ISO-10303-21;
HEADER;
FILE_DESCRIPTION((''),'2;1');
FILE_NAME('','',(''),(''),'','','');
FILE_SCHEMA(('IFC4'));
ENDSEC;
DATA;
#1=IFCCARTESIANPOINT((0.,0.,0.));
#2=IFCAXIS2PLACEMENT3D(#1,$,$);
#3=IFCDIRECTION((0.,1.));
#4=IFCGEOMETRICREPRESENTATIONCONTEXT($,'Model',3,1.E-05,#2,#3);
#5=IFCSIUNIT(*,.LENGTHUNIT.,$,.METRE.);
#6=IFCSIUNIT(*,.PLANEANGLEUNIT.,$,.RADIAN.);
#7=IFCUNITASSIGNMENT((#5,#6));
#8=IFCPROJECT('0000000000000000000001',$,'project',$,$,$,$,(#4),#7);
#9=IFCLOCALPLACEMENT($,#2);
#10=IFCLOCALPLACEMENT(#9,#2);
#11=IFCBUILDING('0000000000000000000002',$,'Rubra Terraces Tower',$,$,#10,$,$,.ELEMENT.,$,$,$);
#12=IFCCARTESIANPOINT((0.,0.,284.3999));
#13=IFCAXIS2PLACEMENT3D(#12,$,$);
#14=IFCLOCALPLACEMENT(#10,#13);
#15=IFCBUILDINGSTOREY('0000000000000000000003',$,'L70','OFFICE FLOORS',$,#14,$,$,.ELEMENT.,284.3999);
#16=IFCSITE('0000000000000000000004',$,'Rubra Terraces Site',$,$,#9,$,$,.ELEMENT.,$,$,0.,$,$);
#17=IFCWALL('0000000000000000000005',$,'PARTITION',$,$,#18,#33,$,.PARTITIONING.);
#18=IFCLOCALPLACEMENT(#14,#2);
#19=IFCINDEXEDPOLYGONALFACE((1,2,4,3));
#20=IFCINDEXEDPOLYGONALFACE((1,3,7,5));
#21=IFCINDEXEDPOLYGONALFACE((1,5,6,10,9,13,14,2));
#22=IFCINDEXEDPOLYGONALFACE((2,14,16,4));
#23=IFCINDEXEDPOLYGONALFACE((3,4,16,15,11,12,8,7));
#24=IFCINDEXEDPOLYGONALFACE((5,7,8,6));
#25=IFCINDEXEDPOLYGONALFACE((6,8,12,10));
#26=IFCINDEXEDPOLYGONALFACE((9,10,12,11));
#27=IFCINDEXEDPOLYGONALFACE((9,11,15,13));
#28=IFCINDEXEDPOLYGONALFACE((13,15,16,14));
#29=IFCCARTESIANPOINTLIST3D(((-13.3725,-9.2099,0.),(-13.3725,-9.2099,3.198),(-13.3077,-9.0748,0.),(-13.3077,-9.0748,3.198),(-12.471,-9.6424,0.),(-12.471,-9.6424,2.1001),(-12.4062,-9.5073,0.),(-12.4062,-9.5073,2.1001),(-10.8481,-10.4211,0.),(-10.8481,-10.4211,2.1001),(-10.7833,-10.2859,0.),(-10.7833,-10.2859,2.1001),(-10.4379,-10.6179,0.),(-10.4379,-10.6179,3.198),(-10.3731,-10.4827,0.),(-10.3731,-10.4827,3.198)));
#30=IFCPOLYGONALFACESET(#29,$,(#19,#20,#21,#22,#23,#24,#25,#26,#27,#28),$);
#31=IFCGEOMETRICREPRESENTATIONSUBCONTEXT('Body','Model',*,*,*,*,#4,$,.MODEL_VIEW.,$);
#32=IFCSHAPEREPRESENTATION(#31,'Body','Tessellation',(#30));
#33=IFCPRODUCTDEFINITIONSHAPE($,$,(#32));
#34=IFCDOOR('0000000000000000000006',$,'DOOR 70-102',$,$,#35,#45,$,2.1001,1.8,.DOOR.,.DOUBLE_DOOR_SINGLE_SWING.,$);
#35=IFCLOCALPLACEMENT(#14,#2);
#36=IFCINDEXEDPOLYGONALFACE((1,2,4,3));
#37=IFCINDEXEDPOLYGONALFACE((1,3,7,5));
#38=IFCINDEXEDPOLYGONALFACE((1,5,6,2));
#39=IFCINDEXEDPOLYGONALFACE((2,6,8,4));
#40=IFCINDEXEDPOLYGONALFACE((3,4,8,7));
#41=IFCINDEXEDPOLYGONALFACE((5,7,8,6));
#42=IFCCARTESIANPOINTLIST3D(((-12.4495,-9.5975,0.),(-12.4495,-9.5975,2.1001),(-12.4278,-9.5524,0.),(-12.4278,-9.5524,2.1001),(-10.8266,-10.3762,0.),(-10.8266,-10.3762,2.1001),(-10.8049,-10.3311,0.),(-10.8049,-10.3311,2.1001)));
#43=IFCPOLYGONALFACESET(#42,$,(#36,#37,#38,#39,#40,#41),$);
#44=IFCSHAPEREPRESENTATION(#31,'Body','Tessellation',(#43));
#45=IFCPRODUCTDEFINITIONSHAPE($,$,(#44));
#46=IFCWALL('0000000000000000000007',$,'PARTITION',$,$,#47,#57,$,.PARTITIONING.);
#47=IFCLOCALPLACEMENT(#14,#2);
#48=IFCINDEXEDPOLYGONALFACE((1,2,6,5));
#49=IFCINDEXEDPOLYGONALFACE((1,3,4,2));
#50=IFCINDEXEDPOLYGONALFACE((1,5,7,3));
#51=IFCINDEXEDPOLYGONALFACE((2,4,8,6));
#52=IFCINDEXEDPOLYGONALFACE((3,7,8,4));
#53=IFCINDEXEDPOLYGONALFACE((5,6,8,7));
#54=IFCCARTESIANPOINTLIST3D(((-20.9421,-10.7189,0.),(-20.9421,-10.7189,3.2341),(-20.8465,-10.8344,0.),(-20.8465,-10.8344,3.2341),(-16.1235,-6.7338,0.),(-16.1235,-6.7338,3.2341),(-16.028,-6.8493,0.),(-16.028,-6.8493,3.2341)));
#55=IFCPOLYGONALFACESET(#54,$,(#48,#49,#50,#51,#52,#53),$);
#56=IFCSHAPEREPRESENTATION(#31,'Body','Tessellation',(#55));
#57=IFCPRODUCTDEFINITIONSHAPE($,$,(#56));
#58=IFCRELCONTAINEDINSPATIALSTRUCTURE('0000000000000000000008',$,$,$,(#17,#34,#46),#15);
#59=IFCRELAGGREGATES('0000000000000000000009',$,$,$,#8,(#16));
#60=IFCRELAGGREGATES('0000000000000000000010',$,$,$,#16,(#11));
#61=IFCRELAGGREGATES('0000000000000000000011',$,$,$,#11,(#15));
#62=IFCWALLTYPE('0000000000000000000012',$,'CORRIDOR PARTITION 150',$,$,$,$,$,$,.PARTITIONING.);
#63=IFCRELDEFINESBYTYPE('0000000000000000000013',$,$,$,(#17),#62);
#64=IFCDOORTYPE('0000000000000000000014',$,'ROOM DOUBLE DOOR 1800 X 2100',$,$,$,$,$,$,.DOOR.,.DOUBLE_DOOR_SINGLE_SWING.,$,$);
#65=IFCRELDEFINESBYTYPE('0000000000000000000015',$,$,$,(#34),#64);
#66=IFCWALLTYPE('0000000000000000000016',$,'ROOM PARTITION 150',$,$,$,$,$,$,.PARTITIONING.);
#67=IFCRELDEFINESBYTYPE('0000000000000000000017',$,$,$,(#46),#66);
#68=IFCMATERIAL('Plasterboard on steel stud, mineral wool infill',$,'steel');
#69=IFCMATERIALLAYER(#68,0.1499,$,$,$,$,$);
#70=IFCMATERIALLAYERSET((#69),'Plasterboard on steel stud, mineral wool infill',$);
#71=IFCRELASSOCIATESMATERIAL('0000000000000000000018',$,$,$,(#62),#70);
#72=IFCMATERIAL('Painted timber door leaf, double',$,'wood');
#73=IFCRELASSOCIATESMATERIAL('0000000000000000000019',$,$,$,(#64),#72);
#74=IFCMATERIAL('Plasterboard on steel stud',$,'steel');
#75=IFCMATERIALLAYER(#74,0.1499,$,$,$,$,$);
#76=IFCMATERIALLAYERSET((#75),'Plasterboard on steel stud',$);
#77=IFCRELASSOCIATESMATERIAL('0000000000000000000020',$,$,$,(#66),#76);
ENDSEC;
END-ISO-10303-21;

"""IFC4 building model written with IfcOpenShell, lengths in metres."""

from ifc_helpers import new_model, si_unit, direction, frame, frame_2d, origin, place, context, subcontext, project, spatial, rectangle, extrude, material, layer, layer_set, type_object, element, fill, save


model = new_model("IFC4")

# Units and contexts
model_context = context("Model", 3, precision=1e-05, world=origin(), true_north=direction((0.0, 1.0)))
body_context = subcontext(model_context, "Body", "Model", "MODEL_VIEW")
ifc_project = project(units=[si_unit("LENGTHUNIT", "METRE"), si_unit("PLANEANGLEUNIT", "RADIAN")], contexts=[model_context])

# Site, building, storey
site_placement = place(None, origin())
site = spatial("IfcSite", under=ifc_project, at=site_placement, Name="Rubra Terraces Site", CompositionType="ELEMENT", RefElevation=0.0)
building_placement = place(site_placement, origin())
building = spatial("IfcBuilding", under=site, at=building_placement, Name="Rubra Terraces Tower", CompositionType="ELEMENT")
storey_placement = place(building_placement, frame((0.0, 0.0, 284.3999)))
storey = spatial("IfcBuildingStorey", under=building, at=storey_placement, Name="L70", Description="OFFICE FLOORS", CompositionType="ELEMENT", Elevation=284.3999)

# Wall, opening, door
ifc_material_1 = material(Name="Plasterboard on steel stud, mineral wool infill", Category="steel")
ifc_layer_1 = layer(ifc_material_1, 0.1499)
ifc_layer_set_1 = layer_set([ifc_layer_1], Name="Plasterboard on steel stud, mineral wool infill")
wall_type_1 = type_object("IfcWallType", Name="CORRIDOR PARTITION 150", PredefinedType="PARTITIONING", material=ifc_layer_set_1)
wall_1_placement = place(storey_placement, frame((-13.3401, -9.1423, 0.0), z_axis=(0.0, 0.0, 1.0), x_axis=(0.901599, -0.432573, 0.0)))
wall_1 = element("IfcWall", 1, at=wall_1_placement, inside=storey, type_object=wall_type_1, Name="PARTITION", PredefinedType="PARTITIONING", context=body_context, shape_type="SweptSolid", body=[
    extrude(rectangle(XDim=3.2549, YDim=0.1499, at=frame_2d((1.6274, 0.0))), origin(), (0.0, 0.0, 1.0), 3.198),
])
opening_1_placement = place(wall_1_placement, frame((1.0, 0.0, 0.0)))
opening_1 = element("IfcOpeningElement", 2, at=opening_1_placement, cuts=wall_1, PredefinedType="OPENING", context=body_context, shape_type="SweptSolid", body=[
    extrude(rectangle(XDim=1.8, YDim=2.1001, at=frame_2d((0.8999, 1.05))), frame((0.0, 0.085, 0.0), z_axis=(0.0, -1.0, 0.0), x_axis=(1.0, 0.0, 0.0)), (0.0, 0.0, 1.0), 0.1699),
])
ifc_material_2 = material(Name="Painted timber door leaf, double", Category="wood")
door_type = type_object("IfcDoorType", Name="ROOM DOUBLE DOOR 1800 X 2100", OperationType="DOUBLE_DOOR_SINGLE_SWING", PredefinedType="DOOR", material=ifc_material_2)
door_placement = place(opening_1_placement, origin())
door = element("IfcDoor", 3, at=door_placement, inside=storey, type_object=door_type, Name="DOOR 70-102", OperationType="DOUBLE_DOOR_SINGLE_SWING", OverallHeight=2.1001, OverallWidth=1.8, PredefinedType="DOOR", context=body_context, shape_type="SweptSolid", body=[
    extrude(rectangle(XDim=1.8, YDim=2.1001, at=frame_2d((0.8999, 1.05))), frame((0.0, 0.0249, 0.0), z_axis=(0.0, -1.0, 0.0), x_axis=(1.0, 0.0, 0.0)), (0.0, 0.0, 1.0), 0.05),
])
fill(opening_1, door)

# Wall
ifc_material_3 = material(Name="Plasterboard on steel stud", Category="steel")
ifc_layer_2 = layer(ifc_material_3, 0.1499)
ifc_layer_set_2 = layer_set([ifc_layer_2], Name="Plasterboard on steel stud")
wall_type_2 = type_object("IfcWallType", Name="ROOM PARTITION 150", PredefinedType="PARTITIONING", material=ifc_layer_set_2)
wall_2_placement = place(storey_placement, frame((-20.8943, -10.7766, 0.0), z_axis=(0.0, 0.0, 1.0), x_axis=(0.770607, 0.637311, 0.0)))
element("IfcWall", 4, at=wall_2_placement, inside=storey, type_object=wall_type_2, Name="PARTITION", PredefinedType="PARTITIONING", context=body_context, shape_type="SweptSolid", body=[
    extrude(rectangle(XDim=6.2529, YDim=0.1499, at=frame_2d((3.1265, 0.0))), origin(), (0.0, 0.0, 1.0), 3.2341),
])

save(model, "model.ifc")
